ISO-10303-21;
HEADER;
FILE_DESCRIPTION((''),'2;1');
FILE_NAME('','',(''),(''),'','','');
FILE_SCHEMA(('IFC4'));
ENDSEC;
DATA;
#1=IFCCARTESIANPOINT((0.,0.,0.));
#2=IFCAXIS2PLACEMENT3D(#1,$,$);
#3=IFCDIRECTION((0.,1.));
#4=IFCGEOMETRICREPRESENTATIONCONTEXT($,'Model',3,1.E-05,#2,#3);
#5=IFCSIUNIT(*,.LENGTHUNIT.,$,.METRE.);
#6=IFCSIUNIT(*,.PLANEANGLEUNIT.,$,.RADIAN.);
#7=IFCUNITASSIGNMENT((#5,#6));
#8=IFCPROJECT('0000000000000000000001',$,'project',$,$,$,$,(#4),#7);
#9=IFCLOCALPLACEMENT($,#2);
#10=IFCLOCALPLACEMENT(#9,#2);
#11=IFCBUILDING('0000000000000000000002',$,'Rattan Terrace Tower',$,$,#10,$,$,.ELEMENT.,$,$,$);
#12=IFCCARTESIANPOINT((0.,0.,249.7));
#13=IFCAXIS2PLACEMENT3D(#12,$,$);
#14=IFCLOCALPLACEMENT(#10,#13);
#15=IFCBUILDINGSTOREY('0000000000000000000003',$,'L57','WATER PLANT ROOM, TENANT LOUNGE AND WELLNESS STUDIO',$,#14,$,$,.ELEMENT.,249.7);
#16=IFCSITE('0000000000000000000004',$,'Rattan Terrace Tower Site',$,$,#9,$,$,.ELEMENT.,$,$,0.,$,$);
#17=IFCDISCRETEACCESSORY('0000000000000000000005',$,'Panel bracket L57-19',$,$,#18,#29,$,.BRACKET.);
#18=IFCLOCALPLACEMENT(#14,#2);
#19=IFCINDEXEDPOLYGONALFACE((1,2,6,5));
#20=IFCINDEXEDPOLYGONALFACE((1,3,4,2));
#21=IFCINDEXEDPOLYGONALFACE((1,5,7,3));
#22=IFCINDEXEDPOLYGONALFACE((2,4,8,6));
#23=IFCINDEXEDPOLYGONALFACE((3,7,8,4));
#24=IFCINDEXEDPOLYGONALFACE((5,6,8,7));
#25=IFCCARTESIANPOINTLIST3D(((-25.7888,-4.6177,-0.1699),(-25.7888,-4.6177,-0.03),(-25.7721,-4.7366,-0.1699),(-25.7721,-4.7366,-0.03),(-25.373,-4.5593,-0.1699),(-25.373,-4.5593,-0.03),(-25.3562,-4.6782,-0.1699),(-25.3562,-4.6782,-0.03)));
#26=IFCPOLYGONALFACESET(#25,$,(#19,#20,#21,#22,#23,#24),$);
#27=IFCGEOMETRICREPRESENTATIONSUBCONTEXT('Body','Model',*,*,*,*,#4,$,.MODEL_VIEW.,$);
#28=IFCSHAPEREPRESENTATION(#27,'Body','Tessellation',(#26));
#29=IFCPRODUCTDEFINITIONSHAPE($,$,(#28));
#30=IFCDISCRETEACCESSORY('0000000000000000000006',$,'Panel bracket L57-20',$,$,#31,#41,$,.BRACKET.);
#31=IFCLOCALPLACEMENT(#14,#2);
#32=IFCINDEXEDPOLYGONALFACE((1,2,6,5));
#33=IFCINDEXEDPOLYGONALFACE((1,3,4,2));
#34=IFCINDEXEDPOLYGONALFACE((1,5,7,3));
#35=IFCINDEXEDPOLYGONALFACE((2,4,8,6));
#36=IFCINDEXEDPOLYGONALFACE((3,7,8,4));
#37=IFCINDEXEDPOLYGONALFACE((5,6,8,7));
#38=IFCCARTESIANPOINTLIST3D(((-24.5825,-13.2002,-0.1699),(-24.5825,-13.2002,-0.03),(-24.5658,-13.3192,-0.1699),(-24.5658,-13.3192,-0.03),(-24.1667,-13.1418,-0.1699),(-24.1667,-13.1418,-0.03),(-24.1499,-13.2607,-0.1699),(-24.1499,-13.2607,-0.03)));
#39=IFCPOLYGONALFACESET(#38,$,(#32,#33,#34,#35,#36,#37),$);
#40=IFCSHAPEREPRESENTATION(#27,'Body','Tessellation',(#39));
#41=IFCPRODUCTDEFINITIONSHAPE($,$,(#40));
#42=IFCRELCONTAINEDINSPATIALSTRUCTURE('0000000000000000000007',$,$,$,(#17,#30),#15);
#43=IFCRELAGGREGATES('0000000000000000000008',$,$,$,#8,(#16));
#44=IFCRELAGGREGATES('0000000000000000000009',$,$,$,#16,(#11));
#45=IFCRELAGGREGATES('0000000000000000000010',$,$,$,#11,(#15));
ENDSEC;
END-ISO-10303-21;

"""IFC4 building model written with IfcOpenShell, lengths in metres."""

from ifc_helpers import new_model, si_unit, direction, frame, origin, origin_2d, place, context, subcontext, project, spatial, rectangle, extrude, element, save


model = new_model("IFC4")

# Units and contexts
model_context = context("Model", 3, precision=1e-05, world=origin(), true_north=direction((0.0, 1.0)))
body_context = subcontext(model_context, "Body", "Model", "MODEL_VIEW")
ifc_project = project(units=[si_unit("LENGTHUNIT", "METRE"), si_unit("PLANEANGLEUNIT", "RADIAN")], contexts=[model_context])

# Site, building, storey
site_placement = place(None, origin())
site = spatial("IfcSite", under=ifc_project, at=site_placement, Name="Rattan Terrace Tower Site", CompositionType="ELEMENT", RefElevation=0.0)
building_placement = place(site_placement, origin())
building = spatial("IfcBuilding", under=site, at=building_placement, Name="Rattan Terrace Tower", CompositionType="ELEMENT")
storey_placement = place(building_placement, frame((0.0, 0.0, 249.7)))
storey = spatial("IfcBuildingStorey", under=building, at=storey_placement, Name="L57", Description="WATER PLANT ROOM, TENANT LOUNGE AND WELLNESS STUDIO", CompositionType="ELEMENT", Elevation=249.7)

# Discrete accessories
for number, where, z_axis, x_axis, name in (
    (1, (-25.5725, -4.6479, -0.1699), (0.0, 0.0, 1.0), (0.139192, -0.990265, 0.0), "Panel bracket L57-19"),
    (2, (-24.3662, -13.2305, -0.1699), (0.0, 0.0, 1.0), (0.139192, -0.990265, 0.0), "Panel bracket L57-20"),
):
    element("IfcDiscreteAccessory", number, at=place(storey_placement, frame(where, z_axis=z_axis, x_axis=x_axis)), inside=storey, Name=name, PredefinedType="BRACKET", context=body_context, shape_type="SweptSolid", body=[
        extrude(rectangle(XDim=0.1201, YDim=0.4199, at=origin_2d()), origin(), (0.0, 0.0, 1.0), 0.1399),
    ])

save(model, "model.ifc")
